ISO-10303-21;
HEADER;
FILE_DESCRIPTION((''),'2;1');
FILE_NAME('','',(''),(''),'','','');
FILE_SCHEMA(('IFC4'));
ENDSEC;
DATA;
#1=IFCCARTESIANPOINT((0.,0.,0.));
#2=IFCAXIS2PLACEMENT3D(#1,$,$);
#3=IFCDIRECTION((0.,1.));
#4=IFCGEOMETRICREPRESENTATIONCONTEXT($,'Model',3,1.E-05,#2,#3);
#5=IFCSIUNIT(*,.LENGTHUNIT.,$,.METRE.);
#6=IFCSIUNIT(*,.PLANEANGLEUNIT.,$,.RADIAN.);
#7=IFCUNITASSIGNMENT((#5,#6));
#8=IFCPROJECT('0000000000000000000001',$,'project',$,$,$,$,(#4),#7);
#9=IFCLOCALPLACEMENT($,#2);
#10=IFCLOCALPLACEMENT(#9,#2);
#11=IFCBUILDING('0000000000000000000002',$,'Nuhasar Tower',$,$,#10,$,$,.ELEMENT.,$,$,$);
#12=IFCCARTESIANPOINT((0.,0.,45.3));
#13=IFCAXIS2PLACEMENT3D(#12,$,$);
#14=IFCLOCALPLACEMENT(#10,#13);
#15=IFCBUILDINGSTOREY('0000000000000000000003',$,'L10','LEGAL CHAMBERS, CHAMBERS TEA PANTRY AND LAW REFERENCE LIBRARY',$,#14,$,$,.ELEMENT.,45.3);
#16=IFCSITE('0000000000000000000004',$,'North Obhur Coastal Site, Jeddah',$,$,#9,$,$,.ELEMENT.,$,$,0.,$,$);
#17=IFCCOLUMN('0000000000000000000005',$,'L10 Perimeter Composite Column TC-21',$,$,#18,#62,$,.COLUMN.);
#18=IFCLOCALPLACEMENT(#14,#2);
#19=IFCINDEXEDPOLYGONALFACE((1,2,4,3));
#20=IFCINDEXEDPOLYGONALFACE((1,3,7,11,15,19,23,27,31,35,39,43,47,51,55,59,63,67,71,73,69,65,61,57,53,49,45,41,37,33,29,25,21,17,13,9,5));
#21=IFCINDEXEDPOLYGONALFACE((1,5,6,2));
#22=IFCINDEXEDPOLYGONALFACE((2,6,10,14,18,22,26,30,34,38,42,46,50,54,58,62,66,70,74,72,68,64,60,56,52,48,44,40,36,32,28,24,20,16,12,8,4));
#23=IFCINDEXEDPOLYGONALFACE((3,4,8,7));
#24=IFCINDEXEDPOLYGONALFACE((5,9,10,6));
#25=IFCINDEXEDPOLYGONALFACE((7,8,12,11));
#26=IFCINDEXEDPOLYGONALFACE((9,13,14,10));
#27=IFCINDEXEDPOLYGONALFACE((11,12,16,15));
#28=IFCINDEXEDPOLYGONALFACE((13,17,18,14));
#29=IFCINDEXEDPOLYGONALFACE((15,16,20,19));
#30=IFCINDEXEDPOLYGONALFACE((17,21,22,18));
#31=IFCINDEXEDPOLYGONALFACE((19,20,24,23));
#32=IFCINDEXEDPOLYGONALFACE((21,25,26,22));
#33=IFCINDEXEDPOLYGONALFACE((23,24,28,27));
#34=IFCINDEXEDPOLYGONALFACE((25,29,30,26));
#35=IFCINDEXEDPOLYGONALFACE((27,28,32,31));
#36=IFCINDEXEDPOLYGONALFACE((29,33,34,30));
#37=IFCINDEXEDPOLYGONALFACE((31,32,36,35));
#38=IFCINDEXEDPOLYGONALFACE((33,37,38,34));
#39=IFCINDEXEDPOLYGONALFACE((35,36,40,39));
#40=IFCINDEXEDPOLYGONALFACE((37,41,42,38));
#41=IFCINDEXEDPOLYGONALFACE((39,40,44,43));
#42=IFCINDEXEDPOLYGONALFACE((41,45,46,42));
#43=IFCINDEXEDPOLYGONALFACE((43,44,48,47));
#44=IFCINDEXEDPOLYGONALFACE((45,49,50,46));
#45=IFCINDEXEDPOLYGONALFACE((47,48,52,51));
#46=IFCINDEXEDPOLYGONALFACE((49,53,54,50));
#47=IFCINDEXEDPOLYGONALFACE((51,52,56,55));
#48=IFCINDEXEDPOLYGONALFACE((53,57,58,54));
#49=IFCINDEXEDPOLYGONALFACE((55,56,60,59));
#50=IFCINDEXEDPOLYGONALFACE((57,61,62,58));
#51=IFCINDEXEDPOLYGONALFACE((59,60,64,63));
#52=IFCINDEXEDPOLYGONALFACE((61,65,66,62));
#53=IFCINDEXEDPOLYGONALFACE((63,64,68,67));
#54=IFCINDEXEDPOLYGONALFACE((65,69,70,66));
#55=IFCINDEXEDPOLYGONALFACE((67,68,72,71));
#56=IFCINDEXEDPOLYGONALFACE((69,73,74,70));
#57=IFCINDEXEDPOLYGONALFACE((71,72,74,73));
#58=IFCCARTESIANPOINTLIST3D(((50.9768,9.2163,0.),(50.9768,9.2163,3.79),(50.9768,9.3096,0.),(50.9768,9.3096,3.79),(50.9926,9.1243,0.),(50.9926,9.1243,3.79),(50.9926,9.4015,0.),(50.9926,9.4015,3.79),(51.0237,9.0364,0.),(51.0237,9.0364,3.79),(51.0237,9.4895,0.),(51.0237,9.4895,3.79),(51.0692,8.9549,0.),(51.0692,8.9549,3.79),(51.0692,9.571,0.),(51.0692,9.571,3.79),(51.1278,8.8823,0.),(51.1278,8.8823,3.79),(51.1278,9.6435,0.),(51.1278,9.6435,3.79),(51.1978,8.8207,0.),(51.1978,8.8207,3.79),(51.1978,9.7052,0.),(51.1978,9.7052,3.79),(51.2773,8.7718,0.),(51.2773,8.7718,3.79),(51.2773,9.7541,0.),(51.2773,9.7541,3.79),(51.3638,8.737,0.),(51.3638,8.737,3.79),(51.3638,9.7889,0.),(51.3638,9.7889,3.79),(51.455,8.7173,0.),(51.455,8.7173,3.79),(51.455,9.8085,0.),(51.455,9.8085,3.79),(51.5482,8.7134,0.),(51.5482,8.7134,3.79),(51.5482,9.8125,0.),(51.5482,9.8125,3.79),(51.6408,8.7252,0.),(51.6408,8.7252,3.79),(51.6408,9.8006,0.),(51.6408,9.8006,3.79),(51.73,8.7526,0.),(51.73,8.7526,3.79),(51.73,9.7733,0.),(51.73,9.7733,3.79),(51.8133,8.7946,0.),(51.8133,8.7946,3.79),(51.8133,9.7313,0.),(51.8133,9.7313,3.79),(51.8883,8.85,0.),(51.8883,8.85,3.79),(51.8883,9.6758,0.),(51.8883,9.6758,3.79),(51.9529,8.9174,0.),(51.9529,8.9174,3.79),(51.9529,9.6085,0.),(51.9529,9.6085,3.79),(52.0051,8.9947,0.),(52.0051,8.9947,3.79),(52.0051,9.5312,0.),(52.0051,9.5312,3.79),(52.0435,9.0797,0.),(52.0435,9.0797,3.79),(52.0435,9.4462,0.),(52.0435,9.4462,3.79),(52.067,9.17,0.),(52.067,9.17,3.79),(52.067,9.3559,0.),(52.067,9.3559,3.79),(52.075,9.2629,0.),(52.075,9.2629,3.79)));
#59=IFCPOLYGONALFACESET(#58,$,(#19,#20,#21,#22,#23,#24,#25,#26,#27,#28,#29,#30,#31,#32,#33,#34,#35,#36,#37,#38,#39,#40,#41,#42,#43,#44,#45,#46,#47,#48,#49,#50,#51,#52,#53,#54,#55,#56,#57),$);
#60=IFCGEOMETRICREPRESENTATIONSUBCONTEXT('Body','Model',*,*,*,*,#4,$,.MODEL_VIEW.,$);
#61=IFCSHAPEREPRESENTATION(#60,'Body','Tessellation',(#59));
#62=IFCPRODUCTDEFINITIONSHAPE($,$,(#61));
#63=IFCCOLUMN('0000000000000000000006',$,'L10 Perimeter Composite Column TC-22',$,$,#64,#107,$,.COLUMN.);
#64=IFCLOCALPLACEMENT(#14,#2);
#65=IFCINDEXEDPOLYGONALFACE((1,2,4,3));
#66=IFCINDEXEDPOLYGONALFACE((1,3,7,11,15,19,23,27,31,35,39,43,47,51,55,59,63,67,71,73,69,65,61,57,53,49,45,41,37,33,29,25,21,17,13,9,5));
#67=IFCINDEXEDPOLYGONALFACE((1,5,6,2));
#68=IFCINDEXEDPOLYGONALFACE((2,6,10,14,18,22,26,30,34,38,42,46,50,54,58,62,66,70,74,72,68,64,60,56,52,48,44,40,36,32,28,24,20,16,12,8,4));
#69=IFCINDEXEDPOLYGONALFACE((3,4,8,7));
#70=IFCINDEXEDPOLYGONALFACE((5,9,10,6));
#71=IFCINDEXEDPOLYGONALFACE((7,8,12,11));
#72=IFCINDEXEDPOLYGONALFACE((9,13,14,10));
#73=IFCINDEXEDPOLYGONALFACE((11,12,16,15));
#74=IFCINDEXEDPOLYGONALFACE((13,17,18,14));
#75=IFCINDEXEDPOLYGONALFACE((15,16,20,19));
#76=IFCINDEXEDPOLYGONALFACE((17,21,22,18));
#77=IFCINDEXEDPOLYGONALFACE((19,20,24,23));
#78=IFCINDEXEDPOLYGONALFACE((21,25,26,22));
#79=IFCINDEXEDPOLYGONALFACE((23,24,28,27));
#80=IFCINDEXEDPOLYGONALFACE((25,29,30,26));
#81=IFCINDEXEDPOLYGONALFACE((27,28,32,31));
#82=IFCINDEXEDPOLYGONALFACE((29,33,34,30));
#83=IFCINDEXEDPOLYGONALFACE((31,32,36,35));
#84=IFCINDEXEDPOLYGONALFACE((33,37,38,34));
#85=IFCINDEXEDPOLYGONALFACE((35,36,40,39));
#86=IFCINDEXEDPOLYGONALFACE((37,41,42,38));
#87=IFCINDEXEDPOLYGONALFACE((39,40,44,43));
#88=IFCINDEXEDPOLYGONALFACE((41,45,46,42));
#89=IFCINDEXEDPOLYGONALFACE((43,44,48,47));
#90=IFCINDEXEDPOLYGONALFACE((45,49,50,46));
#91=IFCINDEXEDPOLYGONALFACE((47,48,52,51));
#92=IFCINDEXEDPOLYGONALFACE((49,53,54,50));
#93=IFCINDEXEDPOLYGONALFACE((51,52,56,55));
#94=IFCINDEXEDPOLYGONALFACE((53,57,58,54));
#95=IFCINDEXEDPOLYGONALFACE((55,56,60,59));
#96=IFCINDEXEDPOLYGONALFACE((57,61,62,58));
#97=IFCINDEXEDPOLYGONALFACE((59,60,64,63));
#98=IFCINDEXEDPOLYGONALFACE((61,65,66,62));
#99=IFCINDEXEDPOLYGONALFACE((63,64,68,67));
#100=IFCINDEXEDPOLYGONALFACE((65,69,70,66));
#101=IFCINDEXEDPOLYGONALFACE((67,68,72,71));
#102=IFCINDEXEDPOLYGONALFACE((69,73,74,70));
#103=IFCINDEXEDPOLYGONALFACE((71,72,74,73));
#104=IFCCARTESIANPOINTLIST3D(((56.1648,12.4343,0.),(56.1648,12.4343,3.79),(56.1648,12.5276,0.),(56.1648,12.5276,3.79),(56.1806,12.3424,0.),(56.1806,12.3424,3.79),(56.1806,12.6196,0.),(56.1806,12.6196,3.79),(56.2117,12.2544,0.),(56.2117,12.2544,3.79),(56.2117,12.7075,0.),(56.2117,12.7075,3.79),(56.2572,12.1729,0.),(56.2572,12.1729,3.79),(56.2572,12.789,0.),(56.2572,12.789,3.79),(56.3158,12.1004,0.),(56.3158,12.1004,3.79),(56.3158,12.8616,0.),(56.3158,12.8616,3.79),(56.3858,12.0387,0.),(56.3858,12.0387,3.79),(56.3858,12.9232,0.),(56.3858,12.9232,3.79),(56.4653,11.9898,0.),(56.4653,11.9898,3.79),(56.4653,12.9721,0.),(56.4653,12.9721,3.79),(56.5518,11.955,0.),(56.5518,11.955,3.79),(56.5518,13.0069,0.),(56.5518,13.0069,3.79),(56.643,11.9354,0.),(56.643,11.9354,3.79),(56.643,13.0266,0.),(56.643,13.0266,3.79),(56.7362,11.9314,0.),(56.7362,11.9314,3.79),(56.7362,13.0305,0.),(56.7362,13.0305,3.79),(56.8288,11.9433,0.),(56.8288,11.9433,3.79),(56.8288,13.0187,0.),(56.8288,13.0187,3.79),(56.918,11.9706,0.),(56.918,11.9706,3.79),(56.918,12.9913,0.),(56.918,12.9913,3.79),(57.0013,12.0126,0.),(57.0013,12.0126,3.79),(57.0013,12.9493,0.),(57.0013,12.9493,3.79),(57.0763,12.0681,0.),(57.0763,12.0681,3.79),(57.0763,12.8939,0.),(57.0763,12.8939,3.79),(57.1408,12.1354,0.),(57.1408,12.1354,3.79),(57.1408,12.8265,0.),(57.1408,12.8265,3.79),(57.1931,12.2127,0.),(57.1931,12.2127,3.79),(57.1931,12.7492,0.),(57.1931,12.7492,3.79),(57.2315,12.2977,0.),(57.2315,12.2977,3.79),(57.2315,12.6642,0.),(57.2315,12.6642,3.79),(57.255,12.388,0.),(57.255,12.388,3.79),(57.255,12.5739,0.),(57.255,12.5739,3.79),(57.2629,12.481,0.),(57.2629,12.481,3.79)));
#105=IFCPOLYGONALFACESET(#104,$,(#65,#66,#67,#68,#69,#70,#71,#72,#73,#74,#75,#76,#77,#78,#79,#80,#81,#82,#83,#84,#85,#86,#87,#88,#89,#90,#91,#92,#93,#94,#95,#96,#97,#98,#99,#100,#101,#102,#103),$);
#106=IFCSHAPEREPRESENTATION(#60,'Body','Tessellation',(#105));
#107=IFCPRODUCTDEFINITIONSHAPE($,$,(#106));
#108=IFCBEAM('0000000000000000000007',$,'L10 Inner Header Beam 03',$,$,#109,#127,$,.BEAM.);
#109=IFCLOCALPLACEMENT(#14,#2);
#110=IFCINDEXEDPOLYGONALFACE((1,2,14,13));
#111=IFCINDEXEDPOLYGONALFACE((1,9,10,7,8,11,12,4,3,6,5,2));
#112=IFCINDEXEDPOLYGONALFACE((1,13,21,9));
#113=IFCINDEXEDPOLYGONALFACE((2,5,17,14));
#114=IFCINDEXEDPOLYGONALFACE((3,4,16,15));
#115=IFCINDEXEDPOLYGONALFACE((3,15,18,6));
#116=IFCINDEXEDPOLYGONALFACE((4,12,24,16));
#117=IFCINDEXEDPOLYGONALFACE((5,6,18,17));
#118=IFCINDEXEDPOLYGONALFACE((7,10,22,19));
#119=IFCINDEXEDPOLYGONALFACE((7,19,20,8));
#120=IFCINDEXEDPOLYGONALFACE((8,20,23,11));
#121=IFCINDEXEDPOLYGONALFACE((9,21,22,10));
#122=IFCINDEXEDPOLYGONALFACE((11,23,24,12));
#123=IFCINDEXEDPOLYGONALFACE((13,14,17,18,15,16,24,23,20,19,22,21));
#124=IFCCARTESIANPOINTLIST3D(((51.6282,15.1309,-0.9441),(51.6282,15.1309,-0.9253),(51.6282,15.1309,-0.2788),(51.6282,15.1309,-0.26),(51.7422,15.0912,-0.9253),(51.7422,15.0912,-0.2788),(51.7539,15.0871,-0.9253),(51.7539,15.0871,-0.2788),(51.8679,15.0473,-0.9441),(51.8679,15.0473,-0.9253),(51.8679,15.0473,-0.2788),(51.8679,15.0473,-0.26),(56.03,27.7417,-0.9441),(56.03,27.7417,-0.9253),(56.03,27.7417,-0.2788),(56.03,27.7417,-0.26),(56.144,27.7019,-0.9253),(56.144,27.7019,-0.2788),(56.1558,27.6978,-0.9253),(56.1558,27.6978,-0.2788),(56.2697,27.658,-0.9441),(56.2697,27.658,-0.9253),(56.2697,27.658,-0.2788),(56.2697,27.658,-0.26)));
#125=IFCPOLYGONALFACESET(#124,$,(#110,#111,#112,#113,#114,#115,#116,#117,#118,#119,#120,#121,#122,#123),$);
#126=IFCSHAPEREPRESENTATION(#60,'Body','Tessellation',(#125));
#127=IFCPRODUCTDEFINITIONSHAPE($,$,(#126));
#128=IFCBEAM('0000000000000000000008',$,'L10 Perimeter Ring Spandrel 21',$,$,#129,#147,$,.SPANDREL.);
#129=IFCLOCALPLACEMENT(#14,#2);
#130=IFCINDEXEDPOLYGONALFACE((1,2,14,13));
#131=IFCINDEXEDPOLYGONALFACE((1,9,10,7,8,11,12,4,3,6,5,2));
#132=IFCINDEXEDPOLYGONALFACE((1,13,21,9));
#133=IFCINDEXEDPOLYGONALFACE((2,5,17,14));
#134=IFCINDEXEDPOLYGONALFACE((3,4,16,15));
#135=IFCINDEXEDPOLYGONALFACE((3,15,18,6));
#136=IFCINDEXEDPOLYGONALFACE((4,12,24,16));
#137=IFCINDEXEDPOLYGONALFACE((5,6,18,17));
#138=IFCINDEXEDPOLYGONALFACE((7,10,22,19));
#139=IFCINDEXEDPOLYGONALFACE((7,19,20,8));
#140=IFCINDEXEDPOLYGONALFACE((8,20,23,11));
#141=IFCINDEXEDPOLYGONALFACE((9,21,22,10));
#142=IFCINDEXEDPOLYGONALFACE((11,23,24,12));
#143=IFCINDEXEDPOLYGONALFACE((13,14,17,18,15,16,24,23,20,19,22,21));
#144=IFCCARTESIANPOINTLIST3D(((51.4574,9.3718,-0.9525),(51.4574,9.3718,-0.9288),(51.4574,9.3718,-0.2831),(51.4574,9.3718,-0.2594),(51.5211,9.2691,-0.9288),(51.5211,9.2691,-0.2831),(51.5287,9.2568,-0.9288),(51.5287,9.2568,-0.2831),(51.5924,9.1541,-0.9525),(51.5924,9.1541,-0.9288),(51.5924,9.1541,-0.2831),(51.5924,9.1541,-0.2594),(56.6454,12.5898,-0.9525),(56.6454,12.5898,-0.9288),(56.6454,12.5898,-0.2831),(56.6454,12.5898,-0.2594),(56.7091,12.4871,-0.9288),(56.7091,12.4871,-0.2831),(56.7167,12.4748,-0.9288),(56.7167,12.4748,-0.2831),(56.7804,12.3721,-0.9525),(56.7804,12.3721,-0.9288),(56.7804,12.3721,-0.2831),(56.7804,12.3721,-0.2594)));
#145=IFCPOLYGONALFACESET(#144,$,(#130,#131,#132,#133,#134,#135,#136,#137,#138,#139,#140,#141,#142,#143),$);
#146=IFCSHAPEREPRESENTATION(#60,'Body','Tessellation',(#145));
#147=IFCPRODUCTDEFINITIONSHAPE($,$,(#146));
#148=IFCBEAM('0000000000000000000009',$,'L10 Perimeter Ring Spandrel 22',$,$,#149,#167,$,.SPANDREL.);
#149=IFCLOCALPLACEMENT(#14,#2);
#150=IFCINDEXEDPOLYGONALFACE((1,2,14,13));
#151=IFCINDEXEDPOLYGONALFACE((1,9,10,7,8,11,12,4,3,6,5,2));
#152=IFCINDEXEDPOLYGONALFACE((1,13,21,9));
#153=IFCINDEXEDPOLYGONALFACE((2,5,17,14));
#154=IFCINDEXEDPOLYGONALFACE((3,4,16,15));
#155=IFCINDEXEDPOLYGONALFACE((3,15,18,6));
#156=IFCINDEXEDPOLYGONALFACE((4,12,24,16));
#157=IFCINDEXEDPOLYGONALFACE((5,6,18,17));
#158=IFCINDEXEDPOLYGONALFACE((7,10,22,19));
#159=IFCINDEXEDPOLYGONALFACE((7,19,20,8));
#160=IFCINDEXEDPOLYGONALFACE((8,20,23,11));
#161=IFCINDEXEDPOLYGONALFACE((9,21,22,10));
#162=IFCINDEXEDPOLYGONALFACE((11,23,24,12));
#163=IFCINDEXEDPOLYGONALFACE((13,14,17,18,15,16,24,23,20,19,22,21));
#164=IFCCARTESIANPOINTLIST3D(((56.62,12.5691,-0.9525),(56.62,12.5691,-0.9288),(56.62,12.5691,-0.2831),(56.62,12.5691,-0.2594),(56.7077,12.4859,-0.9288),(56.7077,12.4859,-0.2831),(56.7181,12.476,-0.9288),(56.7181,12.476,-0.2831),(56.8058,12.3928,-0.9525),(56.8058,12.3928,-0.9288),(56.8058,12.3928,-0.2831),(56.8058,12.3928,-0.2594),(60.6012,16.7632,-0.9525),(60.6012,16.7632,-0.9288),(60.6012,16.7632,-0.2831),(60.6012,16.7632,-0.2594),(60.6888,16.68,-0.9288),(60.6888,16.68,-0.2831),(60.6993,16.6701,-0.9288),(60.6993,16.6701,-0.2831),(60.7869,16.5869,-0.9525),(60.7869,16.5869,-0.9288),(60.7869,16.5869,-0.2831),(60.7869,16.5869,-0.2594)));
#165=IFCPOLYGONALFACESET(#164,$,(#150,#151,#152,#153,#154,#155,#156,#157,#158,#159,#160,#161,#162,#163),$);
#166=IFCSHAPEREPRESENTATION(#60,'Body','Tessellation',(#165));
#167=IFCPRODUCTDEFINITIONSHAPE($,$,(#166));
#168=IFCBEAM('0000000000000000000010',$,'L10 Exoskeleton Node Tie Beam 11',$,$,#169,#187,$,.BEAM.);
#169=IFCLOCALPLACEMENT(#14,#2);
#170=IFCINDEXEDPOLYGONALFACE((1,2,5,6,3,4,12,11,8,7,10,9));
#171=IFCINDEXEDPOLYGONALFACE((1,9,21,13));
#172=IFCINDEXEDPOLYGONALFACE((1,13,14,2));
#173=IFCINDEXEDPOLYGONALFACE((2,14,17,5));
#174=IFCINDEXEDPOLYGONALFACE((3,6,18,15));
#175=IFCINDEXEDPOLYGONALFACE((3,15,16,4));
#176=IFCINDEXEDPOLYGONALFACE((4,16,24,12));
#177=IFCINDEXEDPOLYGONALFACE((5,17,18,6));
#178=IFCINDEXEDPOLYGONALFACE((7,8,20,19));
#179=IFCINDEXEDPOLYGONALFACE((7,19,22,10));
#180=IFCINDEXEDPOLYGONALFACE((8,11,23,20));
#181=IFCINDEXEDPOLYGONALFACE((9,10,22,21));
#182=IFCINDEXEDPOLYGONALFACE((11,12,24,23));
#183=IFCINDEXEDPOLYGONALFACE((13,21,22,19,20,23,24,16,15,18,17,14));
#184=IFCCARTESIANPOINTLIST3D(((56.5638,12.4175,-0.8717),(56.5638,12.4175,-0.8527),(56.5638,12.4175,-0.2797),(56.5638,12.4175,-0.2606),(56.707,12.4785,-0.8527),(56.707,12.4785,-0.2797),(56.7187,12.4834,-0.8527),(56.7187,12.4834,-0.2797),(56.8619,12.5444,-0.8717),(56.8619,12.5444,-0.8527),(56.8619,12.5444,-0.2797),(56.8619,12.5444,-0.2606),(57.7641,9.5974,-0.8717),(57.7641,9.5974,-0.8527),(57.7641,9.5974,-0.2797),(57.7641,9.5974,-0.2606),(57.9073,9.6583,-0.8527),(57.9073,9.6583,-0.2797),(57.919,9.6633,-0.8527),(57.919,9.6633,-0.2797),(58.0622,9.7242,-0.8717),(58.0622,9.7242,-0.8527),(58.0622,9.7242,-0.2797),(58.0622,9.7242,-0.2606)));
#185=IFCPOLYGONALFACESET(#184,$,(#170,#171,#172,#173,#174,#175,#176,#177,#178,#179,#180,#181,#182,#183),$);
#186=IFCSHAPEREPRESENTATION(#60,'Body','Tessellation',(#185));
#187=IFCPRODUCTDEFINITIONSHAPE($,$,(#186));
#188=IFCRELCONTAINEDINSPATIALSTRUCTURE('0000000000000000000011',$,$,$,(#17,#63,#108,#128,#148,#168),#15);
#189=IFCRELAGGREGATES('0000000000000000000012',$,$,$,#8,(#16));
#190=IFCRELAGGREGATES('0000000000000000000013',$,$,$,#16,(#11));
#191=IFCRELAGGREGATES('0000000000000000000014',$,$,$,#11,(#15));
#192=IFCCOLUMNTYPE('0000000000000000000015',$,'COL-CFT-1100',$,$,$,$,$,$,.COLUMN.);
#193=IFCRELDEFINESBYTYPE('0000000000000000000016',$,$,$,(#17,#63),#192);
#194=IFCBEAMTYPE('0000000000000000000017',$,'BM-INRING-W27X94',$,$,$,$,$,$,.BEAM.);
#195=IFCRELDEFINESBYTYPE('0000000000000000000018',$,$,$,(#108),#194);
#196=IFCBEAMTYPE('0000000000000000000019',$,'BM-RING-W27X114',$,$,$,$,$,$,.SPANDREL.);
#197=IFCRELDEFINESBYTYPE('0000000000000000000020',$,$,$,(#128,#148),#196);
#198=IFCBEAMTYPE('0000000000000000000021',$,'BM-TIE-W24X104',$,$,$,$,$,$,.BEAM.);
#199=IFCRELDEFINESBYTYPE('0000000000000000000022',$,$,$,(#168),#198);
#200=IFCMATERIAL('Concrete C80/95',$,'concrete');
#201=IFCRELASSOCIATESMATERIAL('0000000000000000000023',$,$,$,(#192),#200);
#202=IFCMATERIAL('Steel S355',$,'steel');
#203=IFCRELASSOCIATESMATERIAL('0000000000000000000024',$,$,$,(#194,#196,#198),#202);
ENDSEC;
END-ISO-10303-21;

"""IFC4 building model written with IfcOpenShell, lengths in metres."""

from ifc_helpers import new_model, si_unit, direction, frame, origin, origin_2d, place, context, subcontext, project, spatial, circle, i_section, extrude, material, material_profile, profile_set, type_object, element, save


model = new_model("IFC4")

# Units and contexts
model_context = context("Model", 3, precision=1e-05, world=origin(), true_north=direction((0.0, 1.0)))
body_context = subcontext(model_context, "Body", "Model", "MODEL_VIEW")
ifc_project = project(units=[si_unit("LENGTHUNIT", "METRE"), si_unit("PLANEANGLEUNIT", "RADIAN")], contexts=[model_context])

# Site, building, storey
site_placement = place(None, origin())
site = spatial("IfcSite", under=ifc_project, at=site_placement, Name="North Obhur Coastal Site, Jeddah", CompositionType="ELEMENT", RefElevation=0.0)
building_placement = place(site_placement, origin())
building = spatial("IfcBuilding", under=site, at=building_placement, Name="Nuhasar Tower", CompositionType="ELEMENT")
storey_placement = place(building_placement, frame((0.0, 0.0, 45.3)))
storey = spatial("IfcBuildingStorey", under=building, at=storey_placement, Name="L10", Description="LEGAL CHAMBERS, CHAMBERS TEA PANTRY AND LAW REFERENCE LIBRARY", CompositionType="ELEMENT", Elevation=45.3)

# Columns
ifc_material_1 = material(Name="Concrete C80/95", Category="concrete")
ifc_material_profile_1 = material_profile(ifc_material_1, circle(Radius=0.55, at=origin_2d()), Name="CFT1100")
ifc_profile_set_1 = profile_set([ifc_material_profile_1], Name="Concrete C80/95")
column_type = type_object("IfcColumnType", Name="COL-CFT-1100", PredefinedType="COLUMN", material=ifc_profile_set_1)
for number, where, z_axis, x_axis, name in (
    (1, (51.5249, 9.2629, 0.0), (0.0, 0.0, 1.0), (1.0, 0.0, 0.0), "L10 Perimeter Composite Column TC-21"),
    (2, (56.7129, 12.481, 0.0), (0.0, 0.0, 1.0), (1.0, 0.0, 0.0), "L10 Perimeter Composite Column TC-22"),
):
    element("IfcColumn", number, at=place(storey_placement, frame(where, z_axis=z_axis, x_axis=x_axis)), inside=storey, type_object=column_type, Name=name, PredefinedType="COLUMN", context=body_context, shape_type="SweptSolid", body=[
        extrude(circle(Radius=0.55, at=origin_2d()), origin(), (0.0, 0.0, 1.0), 3.79),
    ])

# Beams
ifc_material_2 = material(Name="Steel S355", Category="steel")
ifc_material_profile_2 = material_profile(ifc_material_2, i_section(OverallWidth=0.2539, OverallDepth=0.6841, WebThickness=0.0125, FlangeThickness=0.0188, at=origin_2d()), Name="W27X94")
ifc_profile_set_2 = profile_set([ifc_material_profile_2], Name="Steel S355")
beam_type_1 = type_object("IfcBeamType", Name="BM-INRING-W27X94", PredefinedType="BEAM", material=ifc_profile_set_2)
beam_1_placement = place(storey_placement, frame((51.748, 15.0891, -0.6021), z_axis=(0.329554, 0.944137, 0.0), x_axis=(-0.944137, 0.329554, 0.0)))
element("IfcBeam", 3, at=beam_1_placement, inside=storey, type_object=beam_type_1, Name="L10 Inner Header Beam 03", PredefinedType="BEAM", context=body_context, shape_type="SweptSolid", body=[
    extrude(i_section(OverallWidth=0.2539, OverallDepth=0.6841, WebThickness=0.0125, FlangeThickness=0.0188, at=origin_2d()), origin(), (0.0, 0.0, 1.0), 13.3569),
])
ifc_material_profile_3 = material_profile(ifc_material_2, i_section(OverallWidth=0.2561, OverallDepth=0.6931, WebThickness=0.0144, FlangeThickness=0.0237, at=origin_2d()), Name="W27X114")
ifc_profile_set_3 = profile_set([ifc_material_profile_3], Name="Steel S355")
beam_type_2 = type_object("IfcBeamType", Name="BM-RING-W27X114", PredefinedType="SPANDREL", material=ifc_profile_set_3)
beam_2_placement = place(storey_placement, frame((51.5249, 9.2629, -0.606), z_axis=(0.849795, 0.527113, 0.0), x_axis=(-0.527113, 0.849795, 0.0)))
element("IfcBeam", 4, at=beam_2_placement, inside=storey, type_object=beam_type_2, Name="L10 Perimeter Ring Spandrel 21", PredefinedType="SPANDREL", context=body_context, shape_type="SweptSolid", body=[
    extrude(i_section(OverallWidth=0.2561, OverallDepth=0.6931, WebThickness=0.0144, FlangeThickness=0.0237, at=origin_2d()), origin(), (0.0, 0.0, 1.0), 6.105),
])
beam_3_placement = place(storey_placement, frame((56.7129, 12.481, -0.606), z_axis=(0.68846, 0.725274, 0.0), x_axis=(-0.725274, 0.68846, 0.0)))
element("IfcBeam", 5, at=beam_3_placement, inside=storey, type_object=beam_type_2, Name="L10 Perimeter Ring Spandrel 22", PredefinedType="SPANDREL", context=body_context, shape_type="SweptSolid", body=[
    extrude(i_section(OverallWidth=0.2561, OverallDepth=0.6931, WebThickness=0.0144, FlangeThickness=0.0237, at=origin_2d()), origin(), (0.0, 0.0, 1.0), 5.7827),
])
ifc_material_profile_4 = material_profile(ifc_material_2, i_section(OverallWidth=0.324, OverallDepth=0.6111, WebThickness=0.0127, FlangeThickness=0.019, at=origin_2d()), Name="W24X104")
ifc_profile_set_4 = profile_set([ifc_material_profile_4], Name="Steel S355")
beam_type_3 = type_object("IfcBeamType", Name="BM-TIE-W24X104", PredefinedType="BEAM", material=ifc_profile_set_4)
beam_4_placement = place(storey_placement, frame((56.7129, 12.481, -0.5662), z_axis=(0.391601, -0.920135, 0.0), x_axis=(0.920135, 0.391601, 0.0)))
element("IfcBeam", 6, at=beam_4_placement, inside=storey, type_object=beam_type_3, Name="L10 Exoskeleton Node Tie Beam 11", PredefinedType="BEAM", context=body_context, shape_type="SweptSolid", body=[
    extrude(i_section(OverallWidth=0.324, OverallDepth=0.6111, WebThickness=0.0127, FlangeThickness=0.019, at=origin_2d()), origin(), (0.0, 0.0, 1.0), 3.0649),
])

save(model, "model.ifc")
